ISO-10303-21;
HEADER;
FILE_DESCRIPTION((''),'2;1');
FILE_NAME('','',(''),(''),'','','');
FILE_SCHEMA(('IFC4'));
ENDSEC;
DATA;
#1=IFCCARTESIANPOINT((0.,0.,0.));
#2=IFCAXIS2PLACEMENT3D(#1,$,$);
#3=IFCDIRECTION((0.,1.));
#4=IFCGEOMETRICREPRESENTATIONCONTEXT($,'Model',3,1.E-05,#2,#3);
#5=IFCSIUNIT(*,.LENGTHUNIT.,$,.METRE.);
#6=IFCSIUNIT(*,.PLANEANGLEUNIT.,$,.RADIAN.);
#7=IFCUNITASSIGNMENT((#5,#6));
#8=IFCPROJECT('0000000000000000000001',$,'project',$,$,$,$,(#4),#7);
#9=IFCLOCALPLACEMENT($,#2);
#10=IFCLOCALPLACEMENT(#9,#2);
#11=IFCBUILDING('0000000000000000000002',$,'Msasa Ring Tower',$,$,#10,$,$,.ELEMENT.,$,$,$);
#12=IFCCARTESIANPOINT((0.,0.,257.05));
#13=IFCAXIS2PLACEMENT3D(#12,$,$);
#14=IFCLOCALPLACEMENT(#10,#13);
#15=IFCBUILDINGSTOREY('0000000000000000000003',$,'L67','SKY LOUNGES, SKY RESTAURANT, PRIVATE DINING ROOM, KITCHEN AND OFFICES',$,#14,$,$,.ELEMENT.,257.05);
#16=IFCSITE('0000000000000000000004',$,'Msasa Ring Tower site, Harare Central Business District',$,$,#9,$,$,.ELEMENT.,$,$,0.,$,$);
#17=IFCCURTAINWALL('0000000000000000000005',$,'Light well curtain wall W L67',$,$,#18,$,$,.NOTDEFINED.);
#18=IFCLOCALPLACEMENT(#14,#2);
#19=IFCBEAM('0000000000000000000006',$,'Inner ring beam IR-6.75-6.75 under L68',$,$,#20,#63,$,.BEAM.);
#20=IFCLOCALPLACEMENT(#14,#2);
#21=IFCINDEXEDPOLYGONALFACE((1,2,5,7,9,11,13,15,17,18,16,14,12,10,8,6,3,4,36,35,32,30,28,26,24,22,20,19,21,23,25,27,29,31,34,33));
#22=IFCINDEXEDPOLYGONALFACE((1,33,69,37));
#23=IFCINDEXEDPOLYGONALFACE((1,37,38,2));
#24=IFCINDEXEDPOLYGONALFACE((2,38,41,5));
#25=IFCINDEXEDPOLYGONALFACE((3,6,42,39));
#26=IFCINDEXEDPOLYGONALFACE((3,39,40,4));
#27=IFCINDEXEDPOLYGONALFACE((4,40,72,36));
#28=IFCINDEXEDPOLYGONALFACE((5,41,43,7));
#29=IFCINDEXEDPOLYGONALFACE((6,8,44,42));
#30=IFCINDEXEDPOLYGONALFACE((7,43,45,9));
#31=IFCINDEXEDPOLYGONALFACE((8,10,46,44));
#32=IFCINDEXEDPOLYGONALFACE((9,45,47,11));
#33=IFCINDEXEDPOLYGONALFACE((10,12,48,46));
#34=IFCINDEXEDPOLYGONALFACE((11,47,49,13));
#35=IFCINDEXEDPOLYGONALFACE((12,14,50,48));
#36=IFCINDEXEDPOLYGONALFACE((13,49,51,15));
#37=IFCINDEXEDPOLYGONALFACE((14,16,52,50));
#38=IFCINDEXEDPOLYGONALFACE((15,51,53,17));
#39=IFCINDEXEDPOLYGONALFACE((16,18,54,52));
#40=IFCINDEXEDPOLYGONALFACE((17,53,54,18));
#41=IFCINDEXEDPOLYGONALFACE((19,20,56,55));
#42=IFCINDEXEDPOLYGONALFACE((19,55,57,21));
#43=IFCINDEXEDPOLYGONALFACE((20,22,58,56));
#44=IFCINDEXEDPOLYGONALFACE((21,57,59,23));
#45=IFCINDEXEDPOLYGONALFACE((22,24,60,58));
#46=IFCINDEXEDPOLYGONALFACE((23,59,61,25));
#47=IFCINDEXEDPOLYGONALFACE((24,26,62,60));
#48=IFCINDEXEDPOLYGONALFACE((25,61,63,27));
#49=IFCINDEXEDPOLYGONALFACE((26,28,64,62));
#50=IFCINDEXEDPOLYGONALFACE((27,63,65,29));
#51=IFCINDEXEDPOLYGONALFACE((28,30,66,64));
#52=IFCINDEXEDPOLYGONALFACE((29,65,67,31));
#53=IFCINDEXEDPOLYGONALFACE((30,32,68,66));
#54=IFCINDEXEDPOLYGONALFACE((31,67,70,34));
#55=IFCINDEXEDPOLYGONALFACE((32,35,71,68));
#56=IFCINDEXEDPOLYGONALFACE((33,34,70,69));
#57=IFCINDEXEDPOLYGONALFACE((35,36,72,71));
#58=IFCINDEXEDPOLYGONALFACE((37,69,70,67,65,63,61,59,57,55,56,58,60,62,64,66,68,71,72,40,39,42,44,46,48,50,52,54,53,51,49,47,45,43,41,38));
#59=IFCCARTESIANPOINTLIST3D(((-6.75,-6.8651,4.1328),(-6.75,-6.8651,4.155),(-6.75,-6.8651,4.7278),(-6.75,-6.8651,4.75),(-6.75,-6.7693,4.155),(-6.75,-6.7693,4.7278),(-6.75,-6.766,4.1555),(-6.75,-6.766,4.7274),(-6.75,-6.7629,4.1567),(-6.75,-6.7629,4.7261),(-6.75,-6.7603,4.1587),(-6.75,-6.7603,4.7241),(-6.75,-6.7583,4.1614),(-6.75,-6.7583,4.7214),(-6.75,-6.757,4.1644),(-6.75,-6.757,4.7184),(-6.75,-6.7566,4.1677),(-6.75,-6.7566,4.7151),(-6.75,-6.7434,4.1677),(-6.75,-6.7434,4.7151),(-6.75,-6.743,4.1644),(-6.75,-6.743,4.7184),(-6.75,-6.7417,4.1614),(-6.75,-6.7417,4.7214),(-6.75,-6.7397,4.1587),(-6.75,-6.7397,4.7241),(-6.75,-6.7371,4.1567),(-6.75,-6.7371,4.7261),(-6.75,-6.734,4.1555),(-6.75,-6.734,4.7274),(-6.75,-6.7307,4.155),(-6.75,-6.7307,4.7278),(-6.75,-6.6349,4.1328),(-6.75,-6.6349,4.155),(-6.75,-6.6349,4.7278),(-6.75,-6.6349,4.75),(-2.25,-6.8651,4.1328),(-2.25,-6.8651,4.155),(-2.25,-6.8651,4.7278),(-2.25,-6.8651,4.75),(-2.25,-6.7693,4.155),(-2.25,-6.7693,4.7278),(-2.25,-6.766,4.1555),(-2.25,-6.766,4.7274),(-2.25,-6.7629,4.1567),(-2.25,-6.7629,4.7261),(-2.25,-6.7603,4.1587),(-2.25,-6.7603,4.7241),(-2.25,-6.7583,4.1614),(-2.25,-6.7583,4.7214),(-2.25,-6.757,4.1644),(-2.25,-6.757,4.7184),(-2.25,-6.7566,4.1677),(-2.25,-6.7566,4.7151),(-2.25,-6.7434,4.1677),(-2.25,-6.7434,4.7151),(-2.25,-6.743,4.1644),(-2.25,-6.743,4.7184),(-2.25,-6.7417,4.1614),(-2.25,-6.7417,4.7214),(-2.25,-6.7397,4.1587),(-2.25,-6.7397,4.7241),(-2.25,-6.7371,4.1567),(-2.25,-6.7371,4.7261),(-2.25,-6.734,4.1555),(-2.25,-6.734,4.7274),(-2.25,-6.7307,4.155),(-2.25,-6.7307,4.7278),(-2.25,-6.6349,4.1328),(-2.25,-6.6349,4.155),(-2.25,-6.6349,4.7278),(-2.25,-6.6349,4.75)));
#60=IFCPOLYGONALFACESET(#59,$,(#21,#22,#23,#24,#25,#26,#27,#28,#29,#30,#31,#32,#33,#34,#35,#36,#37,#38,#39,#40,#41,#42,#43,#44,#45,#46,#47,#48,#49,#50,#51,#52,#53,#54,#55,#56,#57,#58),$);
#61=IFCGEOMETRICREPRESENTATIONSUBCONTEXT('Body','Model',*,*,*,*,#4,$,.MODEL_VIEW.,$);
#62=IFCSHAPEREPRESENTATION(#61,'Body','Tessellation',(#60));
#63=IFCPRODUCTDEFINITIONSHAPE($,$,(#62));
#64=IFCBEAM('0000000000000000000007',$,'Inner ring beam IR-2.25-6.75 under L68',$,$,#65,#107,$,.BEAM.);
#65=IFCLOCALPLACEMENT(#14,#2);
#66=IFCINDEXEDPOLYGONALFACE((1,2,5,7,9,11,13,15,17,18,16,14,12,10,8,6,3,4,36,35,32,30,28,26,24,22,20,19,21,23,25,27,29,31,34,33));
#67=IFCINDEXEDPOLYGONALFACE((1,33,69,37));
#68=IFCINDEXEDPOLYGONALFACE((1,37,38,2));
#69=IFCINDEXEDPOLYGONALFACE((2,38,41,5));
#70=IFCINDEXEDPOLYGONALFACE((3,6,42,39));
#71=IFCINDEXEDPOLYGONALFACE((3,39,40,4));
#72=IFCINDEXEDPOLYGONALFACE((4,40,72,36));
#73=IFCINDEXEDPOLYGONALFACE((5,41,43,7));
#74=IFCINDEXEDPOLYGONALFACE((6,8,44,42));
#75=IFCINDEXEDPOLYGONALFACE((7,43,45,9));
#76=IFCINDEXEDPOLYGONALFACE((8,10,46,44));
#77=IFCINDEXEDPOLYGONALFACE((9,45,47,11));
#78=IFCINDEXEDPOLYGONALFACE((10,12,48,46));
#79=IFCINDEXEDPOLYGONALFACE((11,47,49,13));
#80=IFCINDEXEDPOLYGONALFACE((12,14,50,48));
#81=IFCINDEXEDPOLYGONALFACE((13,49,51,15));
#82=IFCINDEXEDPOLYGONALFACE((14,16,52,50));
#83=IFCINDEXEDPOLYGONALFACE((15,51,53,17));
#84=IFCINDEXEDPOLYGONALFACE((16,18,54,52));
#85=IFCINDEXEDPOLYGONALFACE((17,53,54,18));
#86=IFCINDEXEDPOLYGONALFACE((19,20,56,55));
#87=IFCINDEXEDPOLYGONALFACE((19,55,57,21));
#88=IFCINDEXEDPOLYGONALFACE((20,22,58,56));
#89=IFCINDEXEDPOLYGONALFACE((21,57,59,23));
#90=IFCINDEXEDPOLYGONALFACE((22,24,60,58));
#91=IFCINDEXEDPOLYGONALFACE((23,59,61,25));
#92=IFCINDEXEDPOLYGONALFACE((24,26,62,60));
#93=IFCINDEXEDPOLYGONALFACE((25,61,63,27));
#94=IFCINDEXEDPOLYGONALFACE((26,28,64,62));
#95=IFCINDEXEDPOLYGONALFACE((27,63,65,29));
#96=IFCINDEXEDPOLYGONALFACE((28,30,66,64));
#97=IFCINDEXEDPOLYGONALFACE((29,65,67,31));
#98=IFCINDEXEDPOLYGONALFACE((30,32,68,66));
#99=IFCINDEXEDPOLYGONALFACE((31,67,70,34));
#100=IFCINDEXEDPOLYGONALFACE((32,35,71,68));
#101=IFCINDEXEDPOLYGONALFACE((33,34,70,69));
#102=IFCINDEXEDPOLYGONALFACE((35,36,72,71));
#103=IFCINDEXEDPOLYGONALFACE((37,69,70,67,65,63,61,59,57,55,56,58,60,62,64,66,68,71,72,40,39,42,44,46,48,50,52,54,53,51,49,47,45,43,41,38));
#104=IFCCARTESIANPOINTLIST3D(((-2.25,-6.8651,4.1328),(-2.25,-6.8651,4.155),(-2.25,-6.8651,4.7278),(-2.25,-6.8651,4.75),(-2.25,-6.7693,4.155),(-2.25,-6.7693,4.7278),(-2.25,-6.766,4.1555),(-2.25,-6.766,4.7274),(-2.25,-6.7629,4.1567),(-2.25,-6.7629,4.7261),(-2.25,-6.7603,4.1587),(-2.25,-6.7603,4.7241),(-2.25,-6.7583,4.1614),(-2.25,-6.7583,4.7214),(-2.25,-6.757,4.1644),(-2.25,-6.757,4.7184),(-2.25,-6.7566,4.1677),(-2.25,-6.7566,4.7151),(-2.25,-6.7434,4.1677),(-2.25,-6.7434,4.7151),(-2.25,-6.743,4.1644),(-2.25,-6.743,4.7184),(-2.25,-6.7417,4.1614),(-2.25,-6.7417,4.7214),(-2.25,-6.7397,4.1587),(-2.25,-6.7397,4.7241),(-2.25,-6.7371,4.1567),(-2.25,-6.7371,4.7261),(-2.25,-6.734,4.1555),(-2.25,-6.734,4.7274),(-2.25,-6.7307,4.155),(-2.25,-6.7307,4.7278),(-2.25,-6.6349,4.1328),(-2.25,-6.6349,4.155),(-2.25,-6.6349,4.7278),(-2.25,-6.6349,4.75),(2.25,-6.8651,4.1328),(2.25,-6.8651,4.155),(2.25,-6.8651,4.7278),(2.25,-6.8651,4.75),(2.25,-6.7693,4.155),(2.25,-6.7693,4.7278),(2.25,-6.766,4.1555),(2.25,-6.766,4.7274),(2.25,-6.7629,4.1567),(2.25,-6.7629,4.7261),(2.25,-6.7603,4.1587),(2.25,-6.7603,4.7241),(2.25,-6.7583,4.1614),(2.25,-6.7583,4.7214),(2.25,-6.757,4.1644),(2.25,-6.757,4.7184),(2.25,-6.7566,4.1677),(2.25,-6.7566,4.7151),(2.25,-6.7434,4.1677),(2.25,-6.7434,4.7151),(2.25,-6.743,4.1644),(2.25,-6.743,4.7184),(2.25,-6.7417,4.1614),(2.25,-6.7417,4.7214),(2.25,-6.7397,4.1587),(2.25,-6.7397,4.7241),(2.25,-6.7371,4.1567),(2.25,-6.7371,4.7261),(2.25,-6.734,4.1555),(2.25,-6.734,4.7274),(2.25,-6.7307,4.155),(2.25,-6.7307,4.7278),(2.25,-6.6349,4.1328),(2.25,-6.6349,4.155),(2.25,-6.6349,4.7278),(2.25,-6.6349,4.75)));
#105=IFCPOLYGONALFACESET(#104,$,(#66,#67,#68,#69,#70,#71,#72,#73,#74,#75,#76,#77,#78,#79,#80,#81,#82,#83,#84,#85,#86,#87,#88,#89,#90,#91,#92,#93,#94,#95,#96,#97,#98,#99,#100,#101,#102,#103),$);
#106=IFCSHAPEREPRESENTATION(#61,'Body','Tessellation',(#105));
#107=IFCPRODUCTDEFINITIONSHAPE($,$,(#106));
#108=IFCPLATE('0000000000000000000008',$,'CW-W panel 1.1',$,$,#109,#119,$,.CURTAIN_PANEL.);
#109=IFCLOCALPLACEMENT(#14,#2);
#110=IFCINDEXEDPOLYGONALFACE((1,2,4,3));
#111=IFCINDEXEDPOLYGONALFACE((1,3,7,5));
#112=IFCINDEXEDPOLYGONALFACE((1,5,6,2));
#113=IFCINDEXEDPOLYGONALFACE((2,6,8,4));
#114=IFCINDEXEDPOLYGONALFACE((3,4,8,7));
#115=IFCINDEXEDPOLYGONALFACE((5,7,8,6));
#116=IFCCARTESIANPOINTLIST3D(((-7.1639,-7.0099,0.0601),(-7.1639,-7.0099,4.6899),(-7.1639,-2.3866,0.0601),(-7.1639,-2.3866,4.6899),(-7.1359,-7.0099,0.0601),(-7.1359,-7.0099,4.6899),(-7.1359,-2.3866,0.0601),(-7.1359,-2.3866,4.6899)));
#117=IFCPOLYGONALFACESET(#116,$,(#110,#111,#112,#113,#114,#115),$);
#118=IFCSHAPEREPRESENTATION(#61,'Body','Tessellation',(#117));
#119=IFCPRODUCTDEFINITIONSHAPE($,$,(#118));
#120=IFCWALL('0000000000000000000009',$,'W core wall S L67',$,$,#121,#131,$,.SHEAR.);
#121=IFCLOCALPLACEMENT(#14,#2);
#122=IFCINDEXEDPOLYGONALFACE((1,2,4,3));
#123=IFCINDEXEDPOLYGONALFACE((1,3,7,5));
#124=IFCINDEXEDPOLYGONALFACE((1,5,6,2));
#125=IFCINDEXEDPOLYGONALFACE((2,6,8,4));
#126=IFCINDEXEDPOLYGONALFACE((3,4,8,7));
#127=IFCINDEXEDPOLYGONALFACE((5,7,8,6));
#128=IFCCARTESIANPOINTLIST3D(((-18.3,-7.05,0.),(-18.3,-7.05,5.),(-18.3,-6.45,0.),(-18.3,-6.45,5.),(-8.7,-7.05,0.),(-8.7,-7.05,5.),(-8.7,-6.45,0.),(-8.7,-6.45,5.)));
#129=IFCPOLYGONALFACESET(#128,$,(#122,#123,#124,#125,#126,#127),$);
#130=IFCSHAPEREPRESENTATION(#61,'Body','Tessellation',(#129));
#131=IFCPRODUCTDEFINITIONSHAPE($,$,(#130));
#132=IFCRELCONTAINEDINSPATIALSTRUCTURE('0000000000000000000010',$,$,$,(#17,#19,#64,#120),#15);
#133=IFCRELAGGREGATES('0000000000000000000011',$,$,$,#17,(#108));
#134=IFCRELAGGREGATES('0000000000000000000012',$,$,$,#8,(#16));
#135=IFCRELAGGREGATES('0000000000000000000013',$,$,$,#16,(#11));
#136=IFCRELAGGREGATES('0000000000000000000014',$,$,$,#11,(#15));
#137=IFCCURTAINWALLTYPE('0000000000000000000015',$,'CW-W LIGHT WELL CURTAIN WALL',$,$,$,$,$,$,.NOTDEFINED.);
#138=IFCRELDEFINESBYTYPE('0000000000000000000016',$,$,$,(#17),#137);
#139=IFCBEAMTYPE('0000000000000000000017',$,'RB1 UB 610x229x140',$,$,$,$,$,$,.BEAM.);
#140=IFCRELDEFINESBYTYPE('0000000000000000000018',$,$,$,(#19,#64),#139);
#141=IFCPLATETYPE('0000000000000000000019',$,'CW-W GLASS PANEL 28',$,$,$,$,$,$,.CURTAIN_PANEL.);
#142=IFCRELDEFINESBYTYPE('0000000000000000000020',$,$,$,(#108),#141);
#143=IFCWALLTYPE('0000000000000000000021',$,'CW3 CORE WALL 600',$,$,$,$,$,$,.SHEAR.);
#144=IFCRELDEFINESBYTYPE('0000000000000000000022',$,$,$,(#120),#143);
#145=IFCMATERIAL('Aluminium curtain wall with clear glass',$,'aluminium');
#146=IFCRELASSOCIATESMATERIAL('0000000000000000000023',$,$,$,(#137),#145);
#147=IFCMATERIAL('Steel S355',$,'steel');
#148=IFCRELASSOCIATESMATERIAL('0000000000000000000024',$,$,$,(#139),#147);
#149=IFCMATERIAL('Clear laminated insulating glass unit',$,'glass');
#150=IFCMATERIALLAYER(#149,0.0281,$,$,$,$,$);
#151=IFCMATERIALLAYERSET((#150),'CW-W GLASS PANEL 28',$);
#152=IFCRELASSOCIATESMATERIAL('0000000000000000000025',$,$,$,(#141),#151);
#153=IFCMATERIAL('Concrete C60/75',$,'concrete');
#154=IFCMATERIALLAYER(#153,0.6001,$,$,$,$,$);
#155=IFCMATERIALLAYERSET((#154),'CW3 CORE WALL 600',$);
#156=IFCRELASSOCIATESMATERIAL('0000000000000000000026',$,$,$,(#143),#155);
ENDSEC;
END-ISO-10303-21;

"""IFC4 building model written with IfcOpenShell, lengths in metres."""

from ifc_helpers import new_model, si_unit, direction, frame, frame_2d, origin, origin_2d, place, context, subcontext, project, spatial, rectangle, i_section, extrude, material, layer, layer_set, material_profile, profile_set, type_object, element, aggregate, save


model = new_model("IFC4")

# Units and contexts
model_context = context("Model", 3, precision=1e-05, world=origin(), true_north=direction((0.0, 1.0)))
body_context = subcontext(model_context, "Body", "Model", "MODEL_VIEW")
ifc_project = project(units=[si_unit("LENGTHUNIT", "METRE"), si_unit("PLANEANGLEUNIT", "RADIAN")], contexts=[model_context])

# Site, building, storey
site_placement = place(None, origin())
site = spatial("IfcSite", under=ifc_project, at=site_placement, Name="Msasa Ring Tower site, Harare Central Business District", CompositionType="ELEMENT", RefElevation=0.0)
building_placement = place(site_placement, origin())
building = spatial("IfcBuilding", under=site, at=building_placement, Name="Msasa Ring Tower", CompositionType="ELEMENT")
storey_placement = place(building_placement, frame((0.0, 0.0, 257.05)))
storey = spatial("IfcBuildingStorey", under=building, at=storey_placement, Name="L67", Description="SKY LOUNGES, SKY RESTAURANT, PRIVATE DINING ROOM, KITCHEN AND OFFICES", CompositionType="ELEMENT", Elevation=257.05)

# Curtain wall
ifc_material_1 = material(Name="Aluminium curtain wall with clear glass", Category="aluminium")
curtain_wall_type = type_object("IfcCurtainWallType", Name="CW-W LIGHT WELL CURTAIN WALL", PredefinedType="NOTDEFINED", material=ifc_material_1)
curtain_wall_placement = place(storey_placement, origin())
curtain_wall = element("IfcCurtainWall", 1, at=curtain_wall_placement, inside=storey, type_object=curtain_wall_type, Name="Light well curtain wall W L67", PredefinedType="NOTDEFINED")

# Beams
ifc_material_2 = material(Name="Steel S355", Category="steel")
ifc_material_profile_1 = material_profile(ifc_material_2, i_section(OverallWidth=0.2302, OverallDepth=0.6172, WebThickness=0.0132, FlangeThickness=0.0222, FilletRadius=0.0127, at=origin_2d()), Name="UB 610x229x140")
ifc_profile_set_1 = profile_set([ifc_material_profile_1], Name="Steel S355")
beam_type = type_object("IfcBeamType", Name="RB1 UB 610x229x140", PredefinedType="BEAM", material=ifc_profile_set_1)
for number, where, z_axis, x_axis, name in (
    (2, (-6.75, -6.75, 4.4414), (1.0, 0.0, 0.0), (0.0, 1.0, 0.0), "Inner ring beam IR-6.75-6.75 under L68"),
    (3, (-2.25, -6.75, 4.4414), (1.0, 0.0, 0.0), (0.0, 1.0, 0.0), "Inner ring beam IR-2.25-6.75 under L68"),
):
    element("IfcBeam", number, at=place(storey_placement, frame(where, z_axis=z_axis, x_axis=x_axis)), inside=storey, type_object=beam_type, Name=name, PredefinedType="BEAM", context=body_context, shape_type="SweptSolid", body=[
        extrude(i_section(OverallWidth=0.2302, OverallDepth=0.6172, WebThickness=0.0132, FlangeThickness=0.0222, FilletRadius=0.0127, at=origin_2d()), origin(), (0.0, 0.0, 1.0), 4.5),
    ])

# Plate
ifc_material_3 = material(Name="Clear laminated insulating glass unit", Category="glass")
ifc_layer_1 = layer(ifc_material_3, 0.0281)
ifc_layer_set_1 = layer_set([ifc_layer_1], Name="CW-W GLASS PANEL 28")
plate_type = type_object("IfcPlateType", Name="CW-W GLASS PANEL 28", PredefinedType="CURTAIN_PANEL", material=ifc_layer_set_1)
plate_placement = place(storey_placement, frame((-7.1499, -4.6982, 0.0601), z_axis=(0.0, 0.0, 1.0), x_axis=(0.0, 1.0, 0.0)))
plate = element("IfcPlate", 4, at=plate_placement, type_object=plate_type, Name="CW-W panel 1.1", PredefinedType="CURTAIN_PANEL", context=body_context, shape_type="SweptSolid", body=[
    extrude(rectangle(XDim=4.6233, YDim=0.0281, at=origin_2d()), origin(), (0.0, 0.0, 1.0), 4.6299),
])
aggregate(curtain_wall, [plate])

# Wall
ifc_material_4 = material(Name="Concrete C60/75", Category="concrete")
ifc_layer_2 = layer(ifc_material_4, 0.6001)
ifc_layer_set_2 = layer_set([ifc_layer_2], Name="CW3 CORE WALL 600")
wall_type_1 = type_object("IfcWallType", Name="CW3 CORE WALL 600", PredefinedType="SHEAR", material=ifc_layer_set_2)
wall_1_placement = place(storey_placement, frame((-8.7, -6.75, 0.0), z_axis=(0.0, 0.0, 1.0), x_axis=(-1.0, 0.0, 0.0)))
element("IfcWall", 5, at=wall_1_placement, inside=storey, type_object=wall_type_1, Name="W core wall S L67", PredefinedType="SHEAR", context=body_context, shape_type="SweptSolid", body=[
    extrude(rectangle(XDim=9.6001, YDim=0.6001, at=frame_2d((4.8, 0.0))), origin(), (0.0, 0.0, 1.0), 5.0),
])

save(model, "model.ifc")
